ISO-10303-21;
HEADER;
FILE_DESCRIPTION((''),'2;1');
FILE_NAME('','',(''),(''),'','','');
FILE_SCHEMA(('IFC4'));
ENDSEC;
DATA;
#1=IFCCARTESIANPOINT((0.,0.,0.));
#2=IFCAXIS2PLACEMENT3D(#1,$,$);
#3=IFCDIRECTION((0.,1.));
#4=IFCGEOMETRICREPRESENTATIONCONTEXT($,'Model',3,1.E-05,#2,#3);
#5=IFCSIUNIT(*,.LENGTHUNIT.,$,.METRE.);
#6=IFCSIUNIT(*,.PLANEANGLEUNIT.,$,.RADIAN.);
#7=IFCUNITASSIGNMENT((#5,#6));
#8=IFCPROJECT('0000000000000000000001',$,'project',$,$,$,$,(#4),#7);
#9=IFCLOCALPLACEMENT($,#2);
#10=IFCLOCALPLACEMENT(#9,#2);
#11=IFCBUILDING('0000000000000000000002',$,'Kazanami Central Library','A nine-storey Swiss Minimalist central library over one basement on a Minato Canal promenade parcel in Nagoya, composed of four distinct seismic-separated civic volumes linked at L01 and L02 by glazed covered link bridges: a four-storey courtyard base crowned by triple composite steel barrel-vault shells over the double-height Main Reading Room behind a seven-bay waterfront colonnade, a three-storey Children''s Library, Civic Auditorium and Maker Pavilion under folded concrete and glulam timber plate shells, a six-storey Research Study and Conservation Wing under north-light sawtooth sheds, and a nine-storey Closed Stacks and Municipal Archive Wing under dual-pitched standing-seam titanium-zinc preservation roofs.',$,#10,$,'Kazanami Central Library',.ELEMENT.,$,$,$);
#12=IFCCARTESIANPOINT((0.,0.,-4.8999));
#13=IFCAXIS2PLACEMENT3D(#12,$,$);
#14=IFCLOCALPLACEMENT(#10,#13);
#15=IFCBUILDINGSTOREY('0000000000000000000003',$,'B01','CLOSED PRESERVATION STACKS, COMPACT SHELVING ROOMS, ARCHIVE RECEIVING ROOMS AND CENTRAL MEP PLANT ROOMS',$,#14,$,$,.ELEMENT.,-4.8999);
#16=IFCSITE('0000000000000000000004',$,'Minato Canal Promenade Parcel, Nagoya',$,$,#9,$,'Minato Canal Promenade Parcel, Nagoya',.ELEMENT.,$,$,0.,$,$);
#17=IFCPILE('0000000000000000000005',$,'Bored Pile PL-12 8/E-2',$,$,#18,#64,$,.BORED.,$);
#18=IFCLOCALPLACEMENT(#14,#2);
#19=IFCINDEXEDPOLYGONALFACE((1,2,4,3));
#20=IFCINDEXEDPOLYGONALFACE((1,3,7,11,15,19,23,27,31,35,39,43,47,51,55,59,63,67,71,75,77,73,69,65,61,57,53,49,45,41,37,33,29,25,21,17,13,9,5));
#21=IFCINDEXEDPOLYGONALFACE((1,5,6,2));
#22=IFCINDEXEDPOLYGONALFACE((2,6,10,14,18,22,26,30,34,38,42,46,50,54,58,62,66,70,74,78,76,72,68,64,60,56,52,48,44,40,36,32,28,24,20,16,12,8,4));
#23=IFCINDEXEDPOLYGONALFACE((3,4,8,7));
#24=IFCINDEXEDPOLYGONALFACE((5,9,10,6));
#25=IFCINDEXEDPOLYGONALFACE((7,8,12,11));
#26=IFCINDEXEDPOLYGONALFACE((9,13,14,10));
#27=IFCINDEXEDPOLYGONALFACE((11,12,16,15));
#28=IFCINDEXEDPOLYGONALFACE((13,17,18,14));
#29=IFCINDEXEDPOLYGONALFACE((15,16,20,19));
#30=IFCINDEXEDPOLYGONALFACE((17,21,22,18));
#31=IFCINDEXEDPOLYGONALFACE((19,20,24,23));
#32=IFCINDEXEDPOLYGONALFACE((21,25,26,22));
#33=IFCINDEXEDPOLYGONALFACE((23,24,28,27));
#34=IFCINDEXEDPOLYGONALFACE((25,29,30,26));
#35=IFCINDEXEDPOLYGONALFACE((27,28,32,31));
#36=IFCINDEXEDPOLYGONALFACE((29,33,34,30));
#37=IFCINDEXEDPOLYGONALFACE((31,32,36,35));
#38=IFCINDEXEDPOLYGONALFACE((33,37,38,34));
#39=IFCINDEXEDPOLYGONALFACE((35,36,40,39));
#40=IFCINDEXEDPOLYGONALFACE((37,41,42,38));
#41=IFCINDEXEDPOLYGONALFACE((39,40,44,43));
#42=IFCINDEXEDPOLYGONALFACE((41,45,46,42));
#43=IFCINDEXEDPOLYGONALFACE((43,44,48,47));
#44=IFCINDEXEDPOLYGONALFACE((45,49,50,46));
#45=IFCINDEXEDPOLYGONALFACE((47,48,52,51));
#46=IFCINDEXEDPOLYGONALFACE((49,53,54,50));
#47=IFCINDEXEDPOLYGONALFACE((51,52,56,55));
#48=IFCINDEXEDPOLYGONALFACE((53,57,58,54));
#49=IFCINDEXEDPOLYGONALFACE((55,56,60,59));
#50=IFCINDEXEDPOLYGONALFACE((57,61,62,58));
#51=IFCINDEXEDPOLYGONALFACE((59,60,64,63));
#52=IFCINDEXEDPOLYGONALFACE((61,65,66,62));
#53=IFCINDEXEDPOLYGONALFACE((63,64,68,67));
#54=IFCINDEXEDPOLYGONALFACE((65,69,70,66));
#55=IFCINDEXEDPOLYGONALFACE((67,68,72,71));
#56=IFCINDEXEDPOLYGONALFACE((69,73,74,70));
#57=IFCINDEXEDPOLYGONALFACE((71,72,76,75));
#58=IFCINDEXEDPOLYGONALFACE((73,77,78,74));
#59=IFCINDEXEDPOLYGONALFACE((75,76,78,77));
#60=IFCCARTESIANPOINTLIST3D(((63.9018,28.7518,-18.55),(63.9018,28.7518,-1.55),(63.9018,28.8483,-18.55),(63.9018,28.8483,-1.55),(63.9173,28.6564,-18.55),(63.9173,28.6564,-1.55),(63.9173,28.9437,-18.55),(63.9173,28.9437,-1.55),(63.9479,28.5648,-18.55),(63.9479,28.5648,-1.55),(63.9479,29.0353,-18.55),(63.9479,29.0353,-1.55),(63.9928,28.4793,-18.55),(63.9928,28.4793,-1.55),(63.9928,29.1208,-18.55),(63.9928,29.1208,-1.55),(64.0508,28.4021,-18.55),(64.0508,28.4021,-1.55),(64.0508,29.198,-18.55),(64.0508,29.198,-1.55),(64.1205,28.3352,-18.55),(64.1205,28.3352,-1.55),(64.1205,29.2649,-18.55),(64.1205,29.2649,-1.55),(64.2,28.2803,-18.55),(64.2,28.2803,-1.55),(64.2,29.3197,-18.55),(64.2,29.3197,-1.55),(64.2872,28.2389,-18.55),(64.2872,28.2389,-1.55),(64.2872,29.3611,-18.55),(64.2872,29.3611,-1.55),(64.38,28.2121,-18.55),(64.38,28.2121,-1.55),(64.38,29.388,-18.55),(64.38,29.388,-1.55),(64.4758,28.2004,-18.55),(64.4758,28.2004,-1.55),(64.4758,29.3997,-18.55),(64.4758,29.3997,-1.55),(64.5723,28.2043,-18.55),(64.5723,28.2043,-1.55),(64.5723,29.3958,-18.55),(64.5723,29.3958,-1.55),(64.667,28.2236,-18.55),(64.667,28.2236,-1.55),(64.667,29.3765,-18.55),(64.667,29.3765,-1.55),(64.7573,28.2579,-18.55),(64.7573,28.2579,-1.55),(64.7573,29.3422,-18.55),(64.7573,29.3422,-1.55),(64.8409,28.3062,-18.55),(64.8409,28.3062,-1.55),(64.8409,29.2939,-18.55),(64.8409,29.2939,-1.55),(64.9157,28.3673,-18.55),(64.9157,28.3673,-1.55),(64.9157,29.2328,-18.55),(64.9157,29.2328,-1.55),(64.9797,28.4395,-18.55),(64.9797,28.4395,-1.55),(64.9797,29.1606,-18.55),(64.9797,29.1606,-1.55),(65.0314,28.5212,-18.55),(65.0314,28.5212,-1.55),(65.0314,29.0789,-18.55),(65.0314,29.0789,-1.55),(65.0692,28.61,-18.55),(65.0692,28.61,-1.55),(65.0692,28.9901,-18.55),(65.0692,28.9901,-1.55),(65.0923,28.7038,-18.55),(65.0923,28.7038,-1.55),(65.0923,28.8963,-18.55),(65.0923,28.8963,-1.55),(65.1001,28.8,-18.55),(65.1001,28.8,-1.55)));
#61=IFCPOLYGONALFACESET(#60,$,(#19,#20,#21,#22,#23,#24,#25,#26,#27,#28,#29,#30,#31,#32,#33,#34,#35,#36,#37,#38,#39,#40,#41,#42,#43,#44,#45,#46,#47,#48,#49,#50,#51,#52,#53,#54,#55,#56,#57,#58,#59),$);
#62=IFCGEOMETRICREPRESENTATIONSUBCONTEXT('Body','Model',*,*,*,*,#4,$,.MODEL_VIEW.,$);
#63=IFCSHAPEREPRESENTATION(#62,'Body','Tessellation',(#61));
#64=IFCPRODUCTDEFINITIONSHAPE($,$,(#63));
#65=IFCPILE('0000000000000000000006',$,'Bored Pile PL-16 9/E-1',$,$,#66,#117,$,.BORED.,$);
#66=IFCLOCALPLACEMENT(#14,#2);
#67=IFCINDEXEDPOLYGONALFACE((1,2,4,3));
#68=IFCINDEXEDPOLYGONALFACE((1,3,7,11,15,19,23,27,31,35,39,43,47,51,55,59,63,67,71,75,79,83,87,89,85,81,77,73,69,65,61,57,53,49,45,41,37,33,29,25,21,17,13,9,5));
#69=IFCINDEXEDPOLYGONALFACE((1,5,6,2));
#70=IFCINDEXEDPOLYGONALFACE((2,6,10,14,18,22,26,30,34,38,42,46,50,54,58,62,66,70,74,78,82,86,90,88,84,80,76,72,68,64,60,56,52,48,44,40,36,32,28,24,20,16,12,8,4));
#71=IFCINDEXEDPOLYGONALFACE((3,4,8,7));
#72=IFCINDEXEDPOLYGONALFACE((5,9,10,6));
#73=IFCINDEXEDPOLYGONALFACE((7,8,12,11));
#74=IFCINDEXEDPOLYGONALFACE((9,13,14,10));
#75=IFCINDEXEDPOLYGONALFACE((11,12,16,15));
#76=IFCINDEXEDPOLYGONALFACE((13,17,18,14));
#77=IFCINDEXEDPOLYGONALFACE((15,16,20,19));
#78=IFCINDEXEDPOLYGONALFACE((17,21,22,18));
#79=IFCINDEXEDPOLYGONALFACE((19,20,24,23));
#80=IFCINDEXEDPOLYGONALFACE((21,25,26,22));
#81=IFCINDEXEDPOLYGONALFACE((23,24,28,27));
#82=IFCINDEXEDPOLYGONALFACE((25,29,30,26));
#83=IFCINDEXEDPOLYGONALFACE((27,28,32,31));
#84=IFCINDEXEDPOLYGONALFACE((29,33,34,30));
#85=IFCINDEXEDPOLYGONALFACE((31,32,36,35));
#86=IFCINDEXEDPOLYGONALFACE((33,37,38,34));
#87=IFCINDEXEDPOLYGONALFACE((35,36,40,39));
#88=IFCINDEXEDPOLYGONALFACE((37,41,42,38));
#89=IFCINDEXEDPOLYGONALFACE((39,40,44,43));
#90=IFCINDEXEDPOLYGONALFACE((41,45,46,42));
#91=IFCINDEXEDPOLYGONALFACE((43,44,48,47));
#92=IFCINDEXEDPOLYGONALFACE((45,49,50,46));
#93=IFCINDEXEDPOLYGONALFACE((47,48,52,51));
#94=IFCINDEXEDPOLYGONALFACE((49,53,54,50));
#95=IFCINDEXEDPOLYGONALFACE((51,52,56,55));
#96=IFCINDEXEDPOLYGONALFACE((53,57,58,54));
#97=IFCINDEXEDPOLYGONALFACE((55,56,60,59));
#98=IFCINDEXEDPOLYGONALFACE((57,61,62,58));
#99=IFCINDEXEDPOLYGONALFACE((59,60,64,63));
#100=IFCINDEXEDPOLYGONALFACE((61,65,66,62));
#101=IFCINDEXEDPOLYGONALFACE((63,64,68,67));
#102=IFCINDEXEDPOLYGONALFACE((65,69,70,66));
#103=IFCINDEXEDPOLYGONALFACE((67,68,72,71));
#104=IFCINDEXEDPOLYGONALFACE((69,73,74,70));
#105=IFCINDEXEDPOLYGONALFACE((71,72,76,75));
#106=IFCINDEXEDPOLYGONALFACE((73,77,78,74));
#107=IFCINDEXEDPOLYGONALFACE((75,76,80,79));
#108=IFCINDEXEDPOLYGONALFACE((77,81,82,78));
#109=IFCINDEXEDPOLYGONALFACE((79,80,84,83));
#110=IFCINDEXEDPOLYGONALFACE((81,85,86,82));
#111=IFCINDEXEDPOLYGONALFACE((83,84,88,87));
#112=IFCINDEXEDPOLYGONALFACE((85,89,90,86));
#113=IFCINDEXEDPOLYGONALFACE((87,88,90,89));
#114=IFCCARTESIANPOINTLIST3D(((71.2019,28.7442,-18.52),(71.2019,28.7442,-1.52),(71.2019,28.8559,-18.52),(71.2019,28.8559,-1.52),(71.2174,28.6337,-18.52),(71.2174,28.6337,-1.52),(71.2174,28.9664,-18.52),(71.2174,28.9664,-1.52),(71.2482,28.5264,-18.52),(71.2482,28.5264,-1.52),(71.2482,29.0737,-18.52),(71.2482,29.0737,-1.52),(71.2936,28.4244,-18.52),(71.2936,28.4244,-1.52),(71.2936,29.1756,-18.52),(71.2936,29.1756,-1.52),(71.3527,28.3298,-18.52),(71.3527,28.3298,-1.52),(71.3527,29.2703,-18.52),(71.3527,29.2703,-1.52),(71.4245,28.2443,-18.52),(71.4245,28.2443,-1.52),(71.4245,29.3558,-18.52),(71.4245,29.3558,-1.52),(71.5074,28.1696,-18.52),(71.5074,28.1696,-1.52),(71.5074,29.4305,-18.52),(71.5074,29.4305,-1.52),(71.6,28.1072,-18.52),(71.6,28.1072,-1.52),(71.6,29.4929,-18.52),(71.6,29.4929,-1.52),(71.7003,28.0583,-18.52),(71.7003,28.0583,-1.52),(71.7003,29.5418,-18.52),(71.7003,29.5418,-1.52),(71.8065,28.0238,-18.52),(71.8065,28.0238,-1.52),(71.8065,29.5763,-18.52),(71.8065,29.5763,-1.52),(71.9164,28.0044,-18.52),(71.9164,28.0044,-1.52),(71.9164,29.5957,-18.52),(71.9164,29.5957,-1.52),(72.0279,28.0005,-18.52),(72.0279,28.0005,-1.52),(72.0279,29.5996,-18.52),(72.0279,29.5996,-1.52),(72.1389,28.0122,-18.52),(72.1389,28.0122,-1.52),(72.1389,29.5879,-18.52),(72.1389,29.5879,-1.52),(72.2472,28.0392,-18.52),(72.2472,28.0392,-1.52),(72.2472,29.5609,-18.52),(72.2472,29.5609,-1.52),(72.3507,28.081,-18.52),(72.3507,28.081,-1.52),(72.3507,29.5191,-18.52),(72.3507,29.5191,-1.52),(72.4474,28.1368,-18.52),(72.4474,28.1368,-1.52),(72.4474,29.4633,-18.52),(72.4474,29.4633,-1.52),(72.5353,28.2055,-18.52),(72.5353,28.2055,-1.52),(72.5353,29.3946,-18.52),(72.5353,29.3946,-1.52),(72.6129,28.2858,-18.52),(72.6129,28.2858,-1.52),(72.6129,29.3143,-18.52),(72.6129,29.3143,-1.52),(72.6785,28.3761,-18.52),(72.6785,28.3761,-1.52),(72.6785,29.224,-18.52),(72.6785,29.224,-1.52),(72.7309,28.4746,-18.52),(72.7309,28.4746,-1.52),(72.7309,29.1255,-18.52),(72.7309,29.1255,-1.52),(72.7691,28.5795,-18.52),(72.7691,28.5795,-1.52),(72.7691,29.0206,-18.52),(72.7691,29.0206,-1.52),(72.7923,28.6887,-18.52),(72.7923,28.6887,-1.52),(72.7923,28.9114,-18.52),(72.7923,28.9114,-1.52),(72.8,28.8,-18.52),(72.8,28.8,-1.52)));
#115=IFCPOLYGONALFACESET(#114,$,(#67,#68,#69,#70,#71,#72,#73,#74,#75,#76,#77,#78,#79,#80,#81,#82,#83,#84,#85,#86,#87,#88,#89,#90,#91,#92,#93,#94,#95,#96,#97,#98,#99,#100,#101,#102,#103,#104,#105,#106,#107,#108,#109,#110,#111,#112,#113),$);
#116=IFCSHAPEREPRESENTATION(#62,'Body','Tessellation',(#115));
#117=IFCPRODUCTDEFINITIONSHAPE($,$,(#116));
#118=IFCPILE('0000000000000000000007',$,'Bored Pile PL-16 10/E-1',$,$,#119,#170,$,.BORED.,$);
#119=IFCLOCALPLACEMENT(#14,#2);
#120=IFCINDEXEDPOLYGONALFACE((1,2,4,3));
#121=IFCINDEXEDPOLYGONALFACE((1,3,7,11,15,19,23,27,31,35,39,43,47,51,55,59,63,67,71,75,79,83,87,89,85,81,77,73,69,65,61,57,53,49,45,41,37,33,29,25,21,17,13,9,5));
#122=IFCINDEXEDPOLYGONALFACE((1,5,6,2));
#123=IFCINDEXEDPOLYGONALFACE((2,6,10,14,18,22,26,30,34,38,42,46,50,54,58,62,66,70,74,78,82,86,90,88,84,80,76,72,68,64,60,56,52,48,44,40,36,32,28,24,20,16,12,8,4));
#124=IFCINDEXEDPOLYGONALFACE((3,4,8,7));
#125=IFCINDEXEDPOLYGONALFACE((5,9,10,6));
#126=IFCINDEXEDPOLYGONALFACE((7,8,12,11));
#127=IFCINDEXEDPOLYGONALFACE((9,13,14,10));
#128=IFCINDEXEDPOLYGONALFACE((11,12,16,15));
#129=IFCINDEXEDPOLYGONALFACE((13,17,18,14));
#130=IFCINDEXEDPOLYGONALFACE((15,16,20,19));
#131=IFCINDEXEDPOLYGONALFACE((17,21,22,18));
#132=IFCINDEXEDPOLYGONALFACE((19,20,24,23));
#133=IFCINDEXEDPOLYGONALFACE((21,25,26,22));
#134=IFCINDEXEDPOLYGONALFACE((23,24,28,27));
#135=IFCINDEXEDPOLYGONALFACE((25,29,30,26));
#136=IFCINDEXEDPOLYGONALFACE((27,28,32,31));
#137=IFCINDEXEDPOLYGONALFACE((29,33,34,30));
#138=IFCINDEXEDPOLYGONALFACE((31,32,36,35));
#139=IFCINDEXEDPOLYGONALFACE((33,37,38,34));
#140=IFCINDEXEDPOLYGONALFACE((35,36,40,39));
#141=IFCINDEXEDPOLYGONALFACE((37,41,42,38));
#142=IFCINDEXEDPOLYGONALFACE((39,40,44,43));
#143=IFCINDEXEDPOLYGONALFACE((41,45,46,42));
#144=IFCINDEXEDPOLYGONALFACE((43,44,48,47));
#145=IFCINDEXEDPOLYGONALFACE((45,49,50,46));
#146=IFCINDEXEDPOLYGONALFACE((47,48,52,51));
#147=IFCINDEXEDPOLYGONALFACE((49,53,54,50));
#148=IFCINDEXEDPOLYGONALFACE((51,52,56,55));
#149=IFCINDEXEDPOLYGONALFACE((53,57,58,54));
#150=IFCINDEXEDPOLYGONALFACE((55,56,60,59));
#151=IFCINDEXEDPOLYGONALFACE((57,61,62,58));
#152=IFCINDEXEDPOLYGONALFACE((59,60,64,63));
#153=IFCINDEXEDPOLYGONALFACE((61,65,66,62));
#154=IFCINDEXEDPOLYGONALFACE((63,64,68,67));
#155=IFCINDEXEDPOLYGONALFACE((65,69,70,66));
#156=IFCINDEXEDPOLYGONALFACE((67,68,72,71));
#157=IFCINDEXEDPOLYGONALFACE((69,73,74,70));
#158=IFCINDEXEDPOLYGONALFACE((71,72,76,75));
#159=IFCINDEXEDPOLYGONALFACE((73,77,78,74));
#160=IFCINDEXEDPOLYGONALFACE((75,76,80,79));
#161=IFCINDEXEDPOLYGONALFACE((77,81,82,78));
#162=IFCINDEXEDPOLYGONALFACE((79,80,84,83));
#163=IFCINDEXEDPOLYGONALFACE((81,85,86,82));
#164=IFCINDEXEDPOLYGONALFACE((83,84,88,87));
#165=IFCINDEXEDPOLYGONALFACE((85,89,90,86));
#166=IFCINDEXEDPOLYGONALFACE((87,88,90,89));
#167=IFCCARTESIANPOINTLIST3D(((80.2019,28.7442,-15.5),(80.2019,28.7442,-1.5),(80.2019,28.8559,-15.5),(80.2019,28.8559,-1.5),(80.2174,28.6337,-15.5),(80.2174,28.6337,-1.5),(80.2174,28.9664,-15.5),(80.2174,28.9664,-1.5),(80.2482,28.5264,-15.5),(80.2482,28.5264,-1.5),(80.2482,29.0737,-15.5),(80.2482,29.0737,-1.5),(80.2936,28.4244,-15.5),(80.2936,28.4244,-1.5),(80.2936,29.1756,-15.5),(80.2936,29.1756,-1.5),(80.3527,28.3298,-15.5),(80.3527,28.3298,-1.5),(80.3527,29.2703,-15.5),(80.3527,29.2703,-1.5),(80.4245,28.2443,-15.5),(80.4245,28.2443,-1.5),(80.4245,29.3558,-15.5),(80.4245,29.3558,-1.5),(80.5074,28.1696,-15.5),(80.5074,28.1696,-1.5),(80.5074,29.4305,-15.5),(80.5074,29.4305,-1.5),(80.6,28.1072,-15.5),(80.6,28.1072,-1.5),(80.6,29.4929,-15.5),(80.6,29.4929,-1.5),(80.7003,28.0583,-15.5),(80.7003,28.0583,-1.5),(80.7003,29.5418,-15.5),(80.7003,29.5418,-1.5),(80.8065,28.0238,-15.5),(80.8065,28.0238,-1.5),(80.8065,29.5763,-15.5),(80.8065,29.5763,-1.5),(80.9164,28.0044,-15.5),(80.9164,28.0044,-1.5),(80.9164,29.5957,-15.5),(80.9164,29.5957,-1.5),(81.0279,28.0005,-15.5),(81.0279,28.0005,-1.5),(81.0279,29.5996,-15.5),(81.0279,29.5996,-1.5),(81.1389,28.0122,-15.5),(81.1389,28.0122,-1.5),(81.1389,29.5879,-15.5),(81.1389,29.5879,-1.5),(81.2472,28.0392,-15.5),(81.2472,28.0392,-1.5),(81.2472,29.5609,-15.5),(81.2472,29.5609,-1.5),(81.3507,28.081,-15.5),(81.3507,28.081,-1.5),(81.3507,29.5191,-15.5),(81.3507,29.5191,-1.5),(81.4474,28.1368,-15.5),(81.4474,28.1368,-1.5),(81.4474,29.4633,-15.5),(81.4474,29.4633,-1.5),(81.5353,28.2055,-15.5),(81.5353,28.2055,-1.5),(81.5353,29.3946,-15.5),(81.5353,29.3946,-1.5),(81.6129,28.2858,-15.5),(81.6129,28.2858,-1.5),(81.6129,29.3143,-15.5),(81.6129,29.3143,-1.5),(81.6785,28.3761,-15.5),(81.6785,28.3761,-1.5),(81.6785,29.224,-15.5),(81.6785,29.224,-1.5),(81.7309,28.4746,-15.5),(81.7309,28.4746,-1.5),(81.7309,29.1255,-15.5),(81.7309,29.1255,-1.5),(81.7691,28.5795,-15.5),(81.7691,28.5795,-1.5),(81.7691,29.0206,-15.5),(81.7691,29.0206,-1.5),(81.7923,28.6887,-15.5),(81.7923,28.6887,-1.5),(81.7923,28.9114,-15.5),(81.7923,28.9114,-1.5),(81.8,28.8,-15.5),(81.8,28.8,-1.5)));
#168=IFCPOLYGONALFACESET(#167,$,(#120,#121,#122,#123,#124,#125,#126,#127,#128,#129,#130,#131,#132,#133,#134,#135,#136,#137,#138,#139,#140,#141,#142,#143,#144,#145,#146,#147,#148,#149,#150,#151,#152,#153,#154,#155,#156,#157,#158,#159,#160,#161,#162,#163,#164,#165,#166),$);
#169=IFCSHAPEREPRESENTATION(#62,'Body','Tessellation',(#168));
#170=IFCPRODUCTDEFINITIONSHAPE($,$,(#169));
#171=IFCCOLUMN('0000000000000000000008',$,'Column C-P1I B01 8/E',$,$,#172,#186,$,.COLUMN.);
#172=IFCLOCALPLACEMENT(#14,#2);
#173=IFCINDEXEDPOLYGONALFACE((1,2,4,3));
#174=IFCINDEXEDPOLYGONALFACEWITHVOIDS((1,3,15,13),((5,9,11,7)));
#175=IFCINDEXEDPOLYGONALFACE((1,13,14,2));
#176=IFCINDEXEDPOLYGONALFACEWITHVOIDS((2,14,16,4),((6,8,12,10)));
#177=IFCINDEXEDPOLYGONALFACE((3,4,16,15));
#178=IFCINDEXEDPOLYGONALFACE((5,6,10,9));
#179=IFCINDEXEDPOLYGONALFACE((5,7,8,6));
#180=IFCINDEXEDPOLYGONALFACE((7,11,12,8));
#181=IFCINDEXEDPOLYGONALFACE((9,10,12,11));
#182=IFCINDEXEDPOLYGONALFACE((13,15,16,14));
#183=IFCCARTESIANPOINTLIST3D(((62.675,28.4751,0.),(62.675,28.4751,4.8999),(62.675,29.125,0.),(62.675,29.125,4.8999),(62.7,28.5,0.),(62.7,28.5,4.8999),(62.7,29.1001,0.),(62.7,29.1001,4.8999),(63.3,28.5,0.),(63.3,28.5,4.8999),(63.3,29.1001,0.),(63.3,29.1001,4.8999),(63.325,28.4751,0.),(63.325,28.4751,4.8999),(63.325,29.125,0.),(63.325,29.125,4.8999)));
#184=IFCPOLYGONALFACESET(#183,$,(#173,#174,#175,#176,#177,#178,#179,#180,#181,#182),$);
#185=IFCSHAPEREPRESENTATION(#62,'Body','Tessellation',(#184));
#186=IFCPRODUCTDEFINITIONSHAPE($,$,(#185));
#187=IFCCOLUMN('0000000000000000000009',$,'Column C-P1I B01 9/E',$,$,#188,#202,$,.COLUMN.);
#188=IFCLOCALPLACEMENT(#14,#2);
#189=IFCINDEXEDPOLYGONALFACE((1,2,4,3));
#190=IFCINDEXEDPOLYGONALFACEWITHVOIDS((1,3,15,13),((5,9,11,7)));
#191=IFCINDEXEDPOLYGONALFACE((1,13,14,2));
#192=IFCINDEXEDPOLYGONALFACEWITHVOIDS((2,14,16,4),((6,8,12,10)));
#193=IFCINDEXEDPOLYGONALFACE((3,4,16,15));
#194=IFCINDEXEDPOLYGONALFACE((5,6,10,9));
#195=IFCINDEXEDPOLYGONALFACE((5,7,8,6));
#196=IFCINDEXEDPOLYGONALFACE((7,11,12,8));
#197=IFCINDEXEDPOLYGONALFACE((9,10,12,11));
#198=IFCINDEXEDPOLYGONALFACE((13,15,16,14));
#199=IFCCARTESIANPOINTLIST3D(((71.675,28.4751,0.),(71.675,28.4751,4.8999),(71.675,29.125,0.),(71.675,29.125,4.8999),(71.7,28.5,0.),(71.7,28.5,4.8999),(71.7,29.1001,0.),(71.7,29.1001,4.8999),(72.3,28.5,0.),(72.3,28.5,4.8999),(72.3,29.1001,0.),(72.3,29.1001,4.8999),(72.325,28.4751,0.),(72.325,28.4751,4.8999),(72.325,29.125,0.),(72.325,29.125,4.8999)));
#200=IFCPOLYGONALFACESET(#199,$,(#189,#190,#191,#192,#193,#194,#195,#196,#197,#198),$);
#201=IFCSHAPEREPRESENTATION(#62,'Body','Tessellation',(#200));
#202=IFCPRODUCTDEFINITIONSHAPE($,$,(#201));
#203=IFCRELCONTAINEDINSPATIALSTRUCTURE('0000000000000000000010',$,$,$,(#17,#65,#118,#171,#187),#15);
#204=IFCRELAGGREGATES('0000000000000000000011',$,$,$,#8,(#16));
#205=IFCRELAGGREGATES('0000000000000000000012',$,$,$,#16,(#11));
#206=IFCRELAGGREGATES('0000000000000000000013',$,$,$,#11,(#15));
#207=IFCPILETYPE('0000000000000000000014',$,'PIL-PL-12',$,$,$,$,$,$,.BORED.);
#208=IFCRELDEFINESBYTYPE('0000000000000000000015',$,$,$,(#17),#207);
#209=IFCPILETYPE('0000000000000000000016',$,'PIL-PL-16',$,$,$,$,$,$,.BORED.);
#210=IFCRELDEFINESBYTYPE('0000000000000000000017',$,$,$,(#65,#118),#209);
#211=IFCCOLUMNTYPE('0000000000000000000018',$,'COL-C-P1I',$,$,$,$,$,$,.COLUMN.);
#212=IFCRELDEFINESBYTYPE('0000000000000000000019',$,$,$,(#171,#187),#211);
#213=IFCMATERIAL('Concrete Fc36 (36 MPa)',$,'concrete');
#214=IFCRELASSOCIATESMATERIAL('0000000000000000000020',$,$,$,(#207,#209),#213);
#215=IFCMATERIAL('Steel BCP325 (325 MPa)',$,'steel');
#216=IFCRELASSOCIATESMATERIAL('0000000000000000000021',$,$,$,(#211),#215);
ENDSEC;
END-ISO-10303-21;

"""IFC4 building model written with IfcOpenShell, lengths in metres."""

from ifc_helpers import new_model, si_unit, direction, frame, origin, origin_2d, place, context, subcontext, project, spatial, hollow_rectangle, circle, extrude, material, material_profile, profile_set, type_object, element, save


model = new_model("IFC4")

# Units and contexts
model_context = context("Model", 3, precision=1e-05, world=origin(), true_north=direction((0.0, 1.0)))
body_context = subcontext(model_context, "Body", "Model", "MODEL_VIEW")
ifc_project = project(units=[si_unit("LENGTHUNIT", "METRE"), si_unit("PLANEANGLEUNIT", "RADIAN")], contexts=[model_context])

# Site, building, storey
site_placement = place(None, origin())
site = spatial("IfcSite", under=ifc_project, at=site_placement, Name="Minato Canal Promenade Parcel, Nagoya", LongName="Minato Canal Promenade Parcel, Nagoya", CompositionType="ELEMENT", RefElevation=0.0)
building_placement = place(site_placement, origin())
building = spatial("IfcBuilding", under=site, at=building_placement, Name="Kazanami Central Library", Description="A nine-storey Swiss Minimalist central library over one basement on a Minato Canal promenade parcel in Nagoya, composed of four distinct seismic-separated civic volumes linked at L01 and L02 by glazed covered link bridges: a four-storey courtyard base crowned by triple composite steel barrel-vault shells over the double-height Main Reading Room behind a seven-bay waterfront colonnade, a three-storey Children's Library, Civic Auditorium and Maker Pavilion under folded concrete and glulam timber plate shells, a six-storey Research Study and Conservation Wing under north-light sawtooth sheds, and a nine-storey Closed Stacks and Municipal Archive Wing under dual-pitched standing-seam titanium-zinc preservation roofs.", LongName="Kazanami Central Library", CompositionType="ELEMENT")
storey_placement = place(building_placement, frame((0.0, 0.0, -4.8999)))
storey = spatial("IfcBuildingStorey", under=building, at=storey_placement, Name="B01", Description="CLOSED PRESERVATION STACKS, COMPACT SHELVING ROOMS, ARCHIVE RECEIVING ROOMS AND CENTRAL MEP PLANT ROOMS", CompositionType="ELEMENT", Elevation=-4.8999)

# Shared definitions
ifc_material_1 = material(Name="Concrete Fc36 (36 MPa)", Category="concrete")

# Piles
ifc_material_profile_1 = material_profile(ifc_material_1, circle(Radius=0.6001, at=origin_2d()), Name="BORED-D1200")
ifc_profile_set_1 = profile_set([ifc_material_profile_1], Name="Concrete Fc36 (36 MPa)")
pile_type_1 = type_object("IfcPileType", Name="PIL-PL-12", PredefinedType="BORED", material=ifc_profile_set_1)
for number, where, z_axis, x_axis, name in (
    (1, (64.5, 28.8, -1.55), (0.0, 0.0, -1.0), (1.0, 0.0, 0.0), "Bored Pile PL-12 8/E-2"),
):
    element("IfcPile", number, at=place(storey_placement, frame(where, z_axis=z_axis, x_axis=x_axis)), inside=storey, type_object=pile_type_1, Name=name, PredefinedType="BORED", context=body_context, shape_type="SweptSolid", body=[
        extrude(circle(Radius=0.6001, at=origin_2d()), origin(), (0.0, 0.0, 1.0), 17.0),
    ])
ifc_material_profile_2 = material_profile(ifc_material_1, circle(Radius=0.8, at=origin_2d()), Name="BORED-D1600")
ifc_profile_set_2 = profile_set([ifc_material_profile_2], Name="Concrete Fc36 (36 MPa)")
pile_type_2 = type_object("IfcPileType", Name="PIL-PL-16", PredefinedType="BORED", material=ifc_profile_set_2)
pile_1_placement = place(storey_placement, frame((72.0, 28.8, -1.52), z_axis=(0.0, 0.0, -1.0), x_axis=(1.0, 0.0, 0.0)))
element("IfcPile", 2, at=pile_1_placement, inside=storey, type_object=pile_type_2, Name="Bored Pile PL-16 9/E-1", PredefinedType="BORED", context=body_context, shape_type="SweptSolid", body=[
    extrude(circle(Radius=0.8, at=origin_2d()), origin(), (0.0, 0.0, 1.0), 17.0),
])
pile_2_placement = place(storey_placement, frame((81.0, 28.8, -1.5), z_axis=(0.0, 0.0, -1.0), x_axis=(1.0, 0.0, 0.0)))
element("IfcPile", 3, at=pile_2_placement, inside=storey, type_object=pile_type_2, Name="Bored Pile PL-16 10/E-1", PredefinedType="BORED", context=body_context, shape_type="SweptSolid", body=[
    extrude(circle(Radius=0.8, at=origin_2d()), origin(), (0.0, 0.0, 1.0), 14.0),
])

# Columns
ifc_material_2 = material(Name="Steel BCP325 (325 MPa)", Category="steel")
ifc_material_profile_3 = material_profile(ifc_material_2, hollow_rectangle(XDim=0.6499, YDim=0.6499, WallThickness=0.0249, at=origin_2d()), Name="BCP-650x650x25")
ifc_profile_set_3 = profile_set([ifc_material_profile_3], Name="Steel BCP325 (325 MPa)")
column_type = type_object("IfcColumnType", Name="COL-C-P1I", PredefinedType="COLUMN", material=ifc_profile_set_3)
for number, where, z_axis, x_axis, name in (
    (4, (63.0, 28.8, 0.0), (0.0, 0.0, 1.0), (1.0, 0.0, 0.0), "Column C-P1I B01 8/E"),
    (5, (72.0, 28.8, 0.0), (0.0, 0.0, 1.0), (1.0, 0.0, 0.0), "Column C-P1I B01 9/E"),
):
    element("IfcColumn", number, at=place(storey_placement, frame(where, z_axis=z_axis, x_axis=x_axis)), inside=storey, type_object=column_type, Name=name, PredefinedType="COLUMN", context=body_context, shape_type="SweptSolid", body=[
        extrude(hollow_rectangle(XDim=0.6499, YDim=0.6499, WallThickness=0.0249, at=origin_2d()), origin(), (0.0, 0.0, 1.0), 4.8999),
    ])

save(model, "model.ifc")
